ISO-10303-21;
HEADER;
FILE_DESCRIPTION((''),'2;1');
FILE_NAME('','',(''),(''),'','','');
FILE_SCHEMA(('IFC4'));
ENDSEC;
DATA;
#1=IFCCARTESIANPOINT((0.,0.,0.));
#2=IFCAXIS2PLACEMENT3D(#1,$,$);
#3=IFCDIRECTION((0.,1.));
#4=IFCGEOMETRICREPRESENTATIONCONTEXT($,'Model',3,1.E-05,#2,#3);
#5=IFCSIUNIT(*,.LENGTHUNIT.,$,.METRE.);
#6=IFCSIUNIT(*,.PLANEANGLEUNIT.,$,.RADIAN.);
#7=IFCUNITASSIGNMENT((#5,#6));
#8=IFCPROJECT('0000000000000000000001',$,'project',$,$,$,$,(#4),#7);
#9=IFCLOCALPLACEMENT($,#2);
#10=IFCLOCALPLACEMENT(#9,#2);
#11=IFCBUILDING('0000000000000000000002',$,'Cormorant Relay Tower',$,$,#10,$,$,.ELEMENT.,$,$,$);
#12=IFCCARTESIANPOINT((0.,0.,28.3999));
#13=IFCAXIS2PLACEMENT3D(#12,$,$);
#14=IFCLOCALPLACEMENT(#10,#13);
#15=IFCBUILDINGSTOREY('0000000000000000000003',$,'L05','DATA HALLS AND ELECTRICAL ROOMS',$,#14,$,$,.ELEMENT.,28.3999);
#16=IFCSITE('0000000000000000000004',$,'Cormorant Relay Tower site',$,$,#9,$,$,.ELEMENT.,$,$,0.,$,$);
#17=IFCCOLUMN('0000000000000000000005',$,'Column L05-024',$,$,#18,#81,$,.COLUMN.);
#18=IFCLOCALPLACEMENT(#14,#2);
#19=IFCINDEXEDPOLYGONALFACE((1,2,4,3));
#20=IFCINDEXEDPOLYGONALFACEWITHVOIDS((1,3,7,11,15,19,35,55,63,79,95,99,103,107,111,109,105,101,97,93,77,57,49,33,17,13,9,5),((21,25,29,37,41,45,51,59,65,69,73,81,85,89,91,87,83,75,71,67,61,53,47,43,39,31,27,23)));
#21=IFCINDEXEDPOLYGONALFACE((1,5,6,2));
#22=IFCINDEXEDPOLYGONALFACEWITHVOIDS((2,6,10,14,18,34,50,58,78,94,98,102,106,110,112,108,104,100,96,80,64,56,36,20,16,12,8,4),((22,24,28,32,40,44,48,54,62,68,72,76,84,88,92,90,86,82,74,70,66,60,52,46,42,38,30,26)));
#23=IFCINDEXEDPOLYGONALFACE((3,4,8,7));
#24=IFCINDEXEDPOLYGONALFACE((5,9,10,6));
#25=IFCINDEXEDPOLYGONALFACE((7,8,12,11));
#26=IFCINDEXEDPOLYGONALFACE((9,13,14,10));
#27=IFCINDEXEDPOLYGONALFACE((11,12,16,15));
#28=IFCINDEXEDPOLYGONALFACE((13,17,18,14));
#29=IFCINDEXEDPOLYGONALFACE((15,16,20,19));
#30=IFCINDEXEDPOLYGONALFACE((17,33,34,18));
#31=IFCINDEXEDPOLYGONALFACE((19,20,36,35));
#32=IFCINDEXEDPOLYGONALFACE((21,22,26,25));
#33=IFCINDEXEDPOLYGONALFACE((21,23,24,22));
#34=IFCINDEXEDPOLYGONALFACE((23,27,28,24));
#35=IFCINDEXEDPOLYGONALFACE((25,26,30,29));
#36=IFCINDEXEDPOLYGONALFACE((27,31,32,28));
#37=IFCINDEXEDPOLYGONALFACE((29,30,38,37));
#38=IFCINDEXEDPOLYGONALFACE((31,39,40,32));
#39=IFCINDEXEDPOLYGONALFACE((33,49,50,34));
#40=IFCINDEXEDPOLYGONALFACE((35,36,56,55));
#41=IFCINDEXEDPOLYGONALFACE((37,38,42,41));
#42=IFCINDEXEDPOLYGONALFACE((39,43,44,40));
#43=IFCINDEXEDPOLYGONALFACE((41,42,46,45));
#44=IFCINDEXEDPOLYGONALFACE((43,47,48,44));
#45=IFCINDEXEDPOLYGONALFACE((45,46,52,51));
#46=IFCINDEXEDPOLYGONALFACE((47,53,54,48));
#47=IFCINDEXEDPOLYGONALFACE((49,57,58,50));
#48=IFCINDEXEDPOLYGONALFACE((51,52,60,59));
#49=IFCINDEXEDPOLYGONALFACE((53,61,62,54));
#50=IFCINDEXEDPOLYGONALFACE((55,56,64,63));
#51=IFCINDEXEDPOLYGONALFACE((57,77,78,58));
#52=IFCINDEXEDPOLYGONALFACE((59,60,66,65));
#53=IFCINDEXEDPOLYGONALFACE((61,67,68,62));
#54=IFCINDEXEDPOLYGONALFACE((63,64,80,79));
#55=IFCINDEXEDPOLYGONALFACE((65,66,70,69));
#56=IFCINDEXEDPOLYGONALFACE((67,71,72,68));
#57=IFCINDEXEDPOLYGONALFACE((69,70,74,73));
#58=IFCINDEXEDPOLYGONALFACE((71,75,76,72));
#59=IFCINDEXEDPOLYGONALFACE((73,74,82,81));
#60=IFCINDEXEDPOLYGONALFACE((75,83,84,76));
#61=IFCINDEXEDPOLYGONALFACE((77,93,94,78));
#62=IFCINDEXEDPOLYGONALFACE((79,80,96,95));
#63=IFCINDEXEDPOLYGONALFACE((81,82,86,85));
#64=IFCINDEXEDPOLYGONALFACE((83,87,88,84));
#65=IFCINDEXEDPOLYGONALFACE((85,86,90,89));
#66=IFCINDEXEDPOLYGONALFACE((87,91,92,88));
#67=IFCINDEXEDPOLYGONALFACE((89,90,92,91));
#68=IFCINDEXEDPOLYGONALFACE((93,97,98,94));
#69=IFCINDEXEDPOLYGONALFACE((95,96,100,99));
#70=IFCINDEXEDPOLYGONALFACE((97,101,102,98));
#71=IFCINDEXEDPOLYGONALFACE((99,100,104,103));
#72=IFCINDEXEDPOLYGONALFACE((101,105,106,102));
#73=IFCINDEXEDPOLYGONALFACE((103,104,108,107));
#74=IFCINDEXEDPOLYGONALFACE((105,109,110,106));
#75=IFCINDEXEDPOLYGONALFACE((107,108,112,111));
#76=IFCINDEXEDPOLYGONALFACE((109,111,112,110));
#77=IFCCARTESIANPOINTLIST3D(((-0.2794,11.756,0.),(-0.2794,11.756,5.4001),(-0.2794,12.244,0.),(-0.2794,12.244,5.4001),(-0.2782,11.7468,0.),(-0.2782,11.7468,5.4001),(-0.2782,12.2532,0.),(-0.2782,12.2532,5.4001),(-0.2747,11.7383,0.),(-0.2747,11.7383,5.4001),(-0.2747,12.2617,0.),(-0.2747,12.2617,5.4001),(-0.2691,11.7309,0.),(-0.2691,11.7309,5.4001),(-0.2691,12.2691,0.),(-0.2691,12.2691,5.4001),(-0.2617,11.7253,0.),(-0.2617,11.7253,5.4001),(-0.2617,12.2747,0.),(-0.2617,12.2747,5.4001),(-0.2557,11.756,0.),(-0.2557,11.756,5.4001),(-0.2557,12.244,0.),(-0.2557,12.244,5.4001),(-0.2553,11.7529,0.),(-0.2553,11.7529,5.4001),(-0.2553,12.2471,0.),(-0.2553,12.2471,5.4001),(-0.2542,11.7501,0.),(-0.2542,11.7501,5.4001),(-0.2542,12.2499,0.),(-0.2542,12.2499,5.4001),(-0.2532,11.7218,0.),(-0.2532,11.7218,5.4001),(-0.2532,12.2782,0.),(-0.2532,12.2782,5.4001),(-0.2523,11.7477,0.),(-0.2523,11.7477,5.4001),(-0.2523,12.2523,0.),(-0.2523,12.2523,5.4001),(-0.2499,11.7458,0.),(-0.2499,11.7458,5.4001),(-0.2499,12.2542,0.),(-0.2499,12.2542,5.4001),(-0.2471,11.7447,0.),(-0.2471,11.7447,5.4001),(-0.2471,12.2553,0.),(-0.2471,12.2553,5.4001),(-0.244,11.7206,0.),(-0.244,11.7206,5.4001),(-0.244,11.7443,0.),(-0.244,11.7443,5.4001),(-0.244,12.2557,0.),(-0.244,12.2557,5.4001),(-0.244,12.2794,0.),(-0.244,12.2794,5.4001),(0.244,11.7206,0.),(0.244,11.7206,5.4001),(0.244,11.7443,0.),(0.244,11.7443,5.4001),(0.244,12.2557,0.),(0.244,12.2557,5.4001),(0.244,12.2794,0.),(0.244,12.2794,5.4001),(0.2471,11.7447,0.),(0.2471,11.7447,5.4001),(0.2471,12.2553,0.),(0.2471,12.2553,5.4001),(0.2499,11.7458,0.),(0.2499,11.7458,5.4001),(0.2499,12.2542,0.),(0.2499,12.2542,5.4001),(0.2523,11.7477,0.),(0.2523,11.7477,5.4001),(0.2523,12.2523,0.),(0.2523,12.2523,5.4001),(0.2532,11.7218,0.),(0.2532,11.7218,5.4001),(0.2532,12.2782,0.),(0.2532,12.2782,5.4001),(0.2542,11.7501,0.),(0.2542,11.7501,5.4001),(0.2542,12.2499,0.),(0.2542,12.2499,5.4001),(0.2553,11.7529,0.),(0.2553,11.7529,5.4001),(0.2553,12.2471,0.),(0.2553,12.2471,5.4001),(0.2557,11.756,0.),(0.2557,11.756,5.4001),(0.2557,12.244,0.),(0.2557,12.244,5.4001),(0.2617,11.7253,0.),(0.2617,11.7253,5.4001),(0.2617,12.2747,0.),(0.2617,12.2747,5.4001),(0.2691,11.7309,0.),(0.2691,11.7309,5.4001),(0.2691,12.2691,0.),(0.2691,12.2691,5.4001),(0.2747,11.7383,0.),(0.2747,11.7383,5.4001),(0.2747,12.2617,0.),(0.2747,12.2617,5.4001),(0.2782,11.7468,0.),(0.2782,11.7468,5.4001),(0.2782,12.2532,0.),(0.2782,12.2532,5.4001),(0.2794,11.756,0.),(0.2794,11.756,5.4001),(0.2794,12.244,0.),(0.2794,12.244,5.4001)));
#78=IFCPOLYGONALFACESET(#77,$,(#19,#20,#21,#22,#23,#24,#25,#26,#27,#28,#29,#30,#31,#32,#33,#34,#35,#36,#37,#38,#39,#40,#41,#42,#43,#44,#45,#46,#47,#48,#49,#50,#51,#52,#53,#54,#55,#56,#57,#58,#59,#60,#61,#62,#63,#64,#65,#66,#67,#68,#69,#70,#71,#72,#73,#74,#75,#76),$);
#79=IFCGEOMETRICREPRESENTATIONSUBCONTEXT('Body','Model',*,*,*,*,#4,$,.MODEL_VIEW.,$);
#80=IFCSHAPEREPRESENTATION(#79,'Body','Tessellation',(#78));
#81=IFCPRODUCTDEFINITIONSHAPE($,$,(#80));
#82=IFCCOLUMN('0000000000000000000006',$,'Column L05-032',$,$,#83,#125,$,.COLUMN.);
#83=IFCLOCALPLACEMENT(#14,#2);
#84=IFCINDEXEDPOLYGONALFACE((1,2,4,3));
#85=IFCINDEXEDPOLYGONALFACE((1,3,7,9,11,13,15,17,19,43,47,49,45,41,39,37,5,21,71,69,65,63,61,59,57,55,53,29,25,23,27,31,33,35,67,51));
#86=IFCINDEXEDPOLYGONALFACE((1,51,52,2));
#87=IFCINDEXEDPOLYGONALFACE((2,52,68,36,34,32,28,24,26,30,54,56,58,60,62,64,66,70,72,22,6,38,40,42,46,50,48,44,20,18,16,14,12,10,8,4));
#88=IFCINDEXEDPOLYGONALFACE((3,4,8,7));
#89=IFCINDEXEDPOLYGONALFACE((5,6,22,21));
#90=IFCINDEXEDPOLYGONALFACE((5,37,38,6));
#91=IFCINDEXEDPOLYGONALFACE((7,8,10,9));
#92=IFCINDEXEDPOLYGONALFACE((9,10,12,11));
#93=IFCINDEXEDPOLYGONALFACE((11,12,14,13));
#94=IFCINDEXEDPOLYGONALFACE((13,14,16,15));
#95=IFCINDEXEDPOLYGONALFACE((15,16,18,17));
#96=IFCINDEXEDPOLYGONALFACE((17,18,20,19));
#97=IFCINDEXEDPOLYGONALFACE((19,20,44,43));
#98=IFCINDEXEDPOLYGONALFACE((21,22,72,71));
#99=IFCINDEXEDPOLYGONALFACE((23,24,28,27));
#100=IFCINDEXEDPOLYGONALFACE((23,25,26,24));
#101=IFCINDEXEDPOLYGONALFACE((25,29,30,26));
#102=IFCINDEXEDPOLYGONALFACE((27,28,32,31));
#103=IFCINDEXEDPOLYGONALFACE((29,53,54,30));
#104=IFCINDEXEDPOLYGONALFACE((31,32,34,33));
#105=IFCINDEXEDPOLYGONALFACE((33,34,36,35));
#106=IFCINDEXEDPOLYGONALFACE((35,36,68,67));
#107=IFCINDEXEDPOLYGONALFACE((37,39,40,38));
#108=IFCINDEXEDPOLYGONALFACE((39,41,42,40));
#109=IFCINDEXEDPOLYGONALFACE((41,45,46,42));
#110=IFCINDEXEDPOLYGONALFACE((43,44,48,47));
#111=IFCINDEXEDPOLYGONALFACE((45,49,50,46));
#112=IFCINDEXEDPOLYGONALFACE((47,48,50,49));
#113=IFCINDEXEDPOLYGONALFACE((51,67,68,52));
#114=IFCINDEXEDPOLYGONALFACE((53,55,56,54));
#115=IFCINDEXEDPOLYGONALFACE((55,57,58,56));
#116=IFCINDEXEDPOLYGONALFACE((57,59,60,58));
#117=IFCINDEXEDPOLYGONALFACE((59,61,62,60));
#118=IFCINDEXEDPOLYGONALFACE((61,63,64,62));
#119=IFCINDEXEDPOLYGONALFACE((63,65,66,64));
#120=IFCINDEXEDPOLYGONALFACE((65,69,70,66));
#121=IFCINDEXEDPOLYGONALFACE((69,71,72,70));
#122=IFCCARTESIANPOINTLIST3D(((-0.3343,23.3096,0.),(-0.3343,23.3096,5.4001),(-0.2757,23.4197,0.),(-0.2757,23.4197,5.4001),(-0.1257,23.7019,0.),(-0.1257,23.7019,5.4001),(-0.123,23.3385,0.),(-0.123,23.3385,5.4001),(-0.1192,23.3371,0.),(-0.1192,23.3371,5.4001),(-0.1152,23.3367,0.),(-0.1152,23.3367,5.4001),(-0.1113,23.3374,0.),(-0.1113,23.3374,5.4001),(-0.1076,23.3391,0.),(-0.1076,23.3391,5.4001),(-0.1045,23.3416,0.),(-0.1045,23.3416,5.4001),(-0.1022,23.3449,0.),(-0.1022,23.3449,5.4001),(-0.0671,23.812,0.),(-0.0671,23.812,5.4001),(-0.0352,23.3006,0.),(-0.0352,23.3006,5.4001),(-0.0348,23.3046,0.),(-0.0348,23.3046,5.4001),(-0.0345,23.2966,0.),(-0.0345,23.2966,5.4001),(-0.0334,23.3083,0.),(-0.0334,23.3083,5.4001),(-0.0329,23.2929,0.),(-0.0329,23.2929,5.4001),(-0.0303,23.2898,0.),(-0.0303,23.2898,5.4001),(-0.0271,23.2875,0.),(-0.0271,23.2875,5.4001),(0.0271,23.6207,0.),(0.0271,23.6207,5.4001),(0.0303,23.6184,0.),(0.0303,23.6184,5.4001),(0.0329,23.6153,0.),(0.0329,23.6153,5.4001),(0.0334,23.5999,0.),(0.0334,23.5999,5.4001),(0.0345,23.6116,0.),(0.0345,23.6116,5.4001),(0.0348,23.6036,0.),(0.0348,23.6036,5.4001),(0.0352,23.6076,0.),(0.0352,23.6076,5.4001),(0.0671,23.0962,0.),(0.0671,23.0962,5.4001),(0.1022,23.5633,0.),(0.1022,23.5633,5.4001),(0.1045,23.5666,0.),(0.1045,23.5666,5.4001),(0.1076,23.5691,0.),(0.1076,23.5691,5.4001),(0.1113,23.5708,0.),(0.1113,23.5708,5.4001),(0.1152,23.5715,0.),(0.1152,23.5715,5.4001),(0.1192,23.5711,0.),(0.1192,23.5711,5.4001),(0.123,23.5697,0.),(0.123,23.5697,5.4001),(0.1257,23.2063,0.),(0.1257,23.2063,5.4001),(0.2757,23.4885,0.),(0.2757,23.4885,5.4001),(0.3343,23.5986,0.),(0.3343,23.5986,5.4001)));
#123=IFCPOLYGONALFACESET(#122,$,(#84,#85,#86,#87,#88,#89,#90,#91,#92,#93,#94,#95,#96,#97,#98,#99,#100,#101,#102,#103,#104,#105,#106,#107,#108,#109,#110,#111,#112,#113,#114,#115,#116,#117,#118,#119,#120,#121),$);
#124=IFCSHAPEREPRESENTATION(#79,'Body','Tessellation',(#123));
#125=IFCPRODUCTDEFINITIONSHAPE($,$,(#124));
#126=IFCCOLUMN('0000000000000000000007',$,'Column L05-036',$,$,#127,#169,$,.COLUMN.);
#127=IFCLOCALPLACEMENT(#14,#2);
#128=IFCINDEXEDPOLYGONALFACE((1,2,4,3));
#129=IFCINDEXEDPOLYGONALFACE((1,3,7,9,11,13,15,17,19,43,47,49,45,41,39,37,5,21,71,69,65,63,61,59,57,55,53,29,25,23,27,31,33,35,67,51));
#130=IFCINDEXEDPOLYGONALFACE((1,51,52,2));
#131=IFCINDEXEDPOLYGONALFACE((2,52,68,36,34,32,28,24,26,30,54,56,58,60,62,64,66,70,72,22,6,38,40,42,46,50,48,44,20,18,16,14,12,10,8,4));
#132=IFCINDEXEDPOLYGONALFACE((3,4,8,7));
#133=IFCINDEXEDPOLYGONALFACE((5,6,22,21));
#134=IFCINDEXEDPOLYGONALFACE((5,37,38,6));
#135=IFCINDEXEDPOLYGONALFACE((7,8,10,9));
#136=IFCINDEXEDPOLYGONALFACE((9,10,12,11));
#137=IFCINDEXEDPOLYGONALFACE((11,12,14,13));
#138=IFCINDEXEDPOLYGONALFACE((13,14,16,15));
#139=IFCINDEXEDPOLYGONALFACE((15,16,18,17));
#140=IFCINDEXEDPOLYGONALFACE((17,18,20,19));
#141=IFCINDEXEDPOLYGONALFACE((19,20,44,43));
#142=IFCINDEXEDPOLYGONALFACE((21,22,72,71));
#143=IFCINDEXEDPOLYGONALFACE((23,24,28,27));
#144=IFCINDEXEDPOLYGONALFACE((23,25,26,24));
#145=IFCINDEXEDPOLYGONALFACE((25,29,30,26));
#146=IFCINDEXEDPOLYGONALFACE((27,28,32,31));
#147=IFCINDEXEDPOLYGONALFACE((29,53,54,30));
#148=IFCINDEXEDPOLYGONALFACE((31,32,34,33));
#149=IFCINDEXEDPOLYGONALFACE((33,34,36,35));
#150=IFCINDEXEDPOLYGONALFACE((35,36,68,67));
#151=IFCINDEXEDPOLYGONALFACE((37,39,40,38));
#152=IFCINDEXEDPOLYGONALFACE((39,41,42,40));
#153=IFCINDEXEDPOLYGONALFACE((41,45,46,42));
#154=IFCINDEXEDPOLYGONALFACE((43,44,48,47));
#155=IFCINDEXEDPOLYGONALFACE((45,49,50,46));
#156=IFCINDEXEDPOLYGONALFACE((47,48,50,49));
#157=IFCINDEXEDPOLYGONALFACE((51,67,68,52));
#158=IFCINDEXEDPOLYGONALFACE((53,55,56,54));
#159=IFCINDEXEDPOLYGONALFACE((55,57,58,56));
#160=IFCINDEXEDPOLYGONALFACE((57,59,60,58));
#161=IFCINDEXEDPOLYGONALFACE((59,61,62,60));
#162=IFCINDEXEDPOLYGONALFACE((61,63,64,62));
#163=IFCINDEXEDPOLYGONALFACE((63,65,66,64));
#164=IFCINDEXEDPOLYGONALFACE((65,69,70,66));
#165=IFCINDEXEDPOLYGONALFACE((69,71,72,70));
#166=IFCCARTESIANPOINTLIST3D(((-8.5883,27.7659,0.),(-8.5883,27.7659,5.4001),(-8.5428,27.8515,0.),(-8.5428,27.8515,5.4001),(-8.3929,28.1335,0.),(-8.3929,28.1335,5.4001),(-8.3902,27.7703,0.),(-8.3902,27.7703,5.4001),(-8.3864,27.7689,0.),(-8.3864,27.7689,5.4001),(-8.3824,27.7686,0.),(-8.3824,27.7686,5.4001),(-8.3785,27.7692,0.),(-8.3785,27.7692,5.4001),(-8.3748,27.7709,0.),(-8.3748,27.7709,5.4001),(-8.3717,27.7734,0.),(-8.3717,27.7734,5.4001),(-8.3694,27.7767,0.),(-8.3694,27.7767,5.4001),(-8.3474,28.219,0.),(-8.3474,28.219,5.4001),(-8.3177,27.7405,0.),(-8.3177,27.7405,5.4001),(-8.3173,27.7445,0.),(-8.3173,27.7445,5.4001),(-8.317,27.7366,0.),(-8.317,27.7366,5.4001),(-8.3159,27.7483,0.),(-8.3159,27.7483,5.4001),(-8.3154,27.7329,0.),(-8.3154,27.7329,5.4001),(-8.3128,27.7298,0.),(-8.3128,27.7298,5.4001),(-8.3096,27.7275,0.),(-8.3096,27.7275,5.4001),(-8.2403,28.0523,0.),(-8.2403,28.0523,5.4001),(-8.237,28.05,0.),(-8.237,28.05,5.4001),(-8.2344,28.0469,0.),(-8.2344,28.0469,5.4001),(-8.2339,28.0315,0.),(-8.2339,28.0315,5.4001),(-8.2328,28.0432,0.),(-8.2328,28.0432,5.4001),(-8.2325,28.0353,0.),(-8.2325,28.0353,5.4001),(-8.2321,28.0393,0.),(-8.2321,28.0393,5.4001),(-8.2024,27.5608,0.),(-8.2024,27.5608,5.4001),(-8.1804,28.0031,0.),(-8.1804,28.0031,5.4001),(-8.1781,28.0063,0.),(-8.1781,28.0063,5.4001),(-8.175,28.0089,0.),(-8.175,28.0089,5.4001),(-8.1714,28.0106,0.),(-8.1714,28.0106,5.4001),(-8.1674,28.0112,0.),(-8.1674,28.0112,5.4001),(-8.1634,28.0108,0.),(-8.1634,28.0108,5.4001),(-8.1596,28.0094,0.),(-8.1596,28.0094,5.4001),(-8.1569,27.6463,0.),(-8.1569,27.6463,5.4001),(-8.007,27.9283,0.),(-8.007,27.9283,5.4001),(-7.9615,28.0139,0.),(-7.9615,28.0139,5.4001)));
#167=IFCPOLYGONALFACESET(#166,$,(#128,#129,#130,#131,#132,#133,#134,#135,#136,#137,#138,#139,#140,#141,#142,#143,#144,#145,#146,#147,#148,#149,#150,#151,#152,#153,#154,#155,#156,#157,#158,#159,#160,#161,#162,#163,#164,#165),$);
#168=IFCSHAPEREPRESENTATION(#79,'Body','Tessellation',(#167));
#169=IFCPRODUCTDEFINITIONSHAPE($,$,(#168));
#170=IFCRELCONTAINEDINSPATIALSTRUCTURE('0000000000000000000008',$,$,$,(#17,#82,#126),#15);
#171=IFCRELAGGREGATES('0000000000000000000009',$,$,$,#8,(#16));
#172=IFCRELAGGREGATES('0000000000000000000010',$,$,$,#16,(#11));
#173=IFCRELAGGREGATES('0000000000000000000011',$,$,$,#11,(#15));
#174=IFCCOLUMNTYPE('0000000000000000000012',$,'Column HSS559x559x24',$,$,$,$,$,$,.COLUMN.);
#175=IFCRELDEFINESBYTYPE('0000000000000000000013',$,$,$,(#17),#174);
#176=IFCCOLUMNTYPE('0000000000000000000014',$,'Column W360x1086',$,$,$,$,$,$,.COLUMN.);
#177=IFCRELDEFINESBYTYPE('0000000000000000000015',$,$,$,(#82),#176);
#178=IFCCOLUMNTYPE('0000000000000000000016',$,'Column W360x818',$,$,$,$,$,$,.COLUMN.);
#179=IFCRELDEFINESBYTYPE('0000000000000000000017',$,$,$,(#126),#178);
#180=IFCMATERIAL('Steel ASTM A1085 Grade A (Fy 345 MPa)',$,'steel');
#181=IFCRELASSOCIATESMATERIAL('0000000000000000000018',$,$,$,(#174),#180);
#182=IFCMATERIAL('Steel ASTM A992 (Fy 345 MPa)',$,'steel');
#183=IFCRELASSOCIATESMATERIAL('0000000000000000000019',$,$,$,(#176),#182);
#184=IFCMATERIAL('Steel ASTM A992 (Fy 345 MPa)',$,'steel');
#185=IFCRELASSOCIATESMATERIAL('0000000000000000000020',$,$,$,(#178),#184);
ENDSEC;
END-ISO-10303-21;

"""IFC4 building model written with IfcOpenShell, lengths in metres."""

from ifc_helpers import new_model, si_unit, direction, frame, origin, origin_2d, place, context, subcontext, project, spatial, hollow_rectangle, i_section, extrude, material, material_profile, profile_set, type_object, element, save


model = new_model("IFC4")

# Units and contexts
model_context = context("Model", 3, precision=1e-05, world=origin(), true_north=direction((0.0, 1.0)))
body_context = subcontext(model_context, "Body", "Model", "MODEL_VIEW")
ifc_project = project(units=[si_unit("LENGTHUNIT", "METRE"), si_unit("PLANEANGLEUNIT", "RADIAN")], contexts=[model_context])

# Site, building, storey
site_placement = place(None, origin())
site = spatial("IfcSite", under=ifc_project, at=site_placement, Name="Cormorant Relay Tower site", CompositionType="ELEMENT", RefElevation=0.0)
building_placement = place(site_placement, origin())
building = spatial("IfcBuilding", under=site, at=building_placement, Name="Cormorant Relay Tower", CompositionType="ELEMENT")
storey_placement = place(building_placement, frame((0.0, 0.0, 28.3999)))
storey = spatial("IfcBuildingStorey", under=building, at=storey_placement, Name="L05", Description="DATA HALLS AND ELECTRICAL ROOMS", CompositionType="ELEMENT", Elevation=28.3999)

# Columns
ifc_material_1 = material(Name="Steel ASTM A1085 Grade A (Fy 345 MPa)", Category="steel")
ifc_material_profile_1 = material_profile(ifc_material_1, hollow_rectangle(XDim=0.5588, YDim=0.5588, WallThickness=0.0237, InnerFilletRadius=0.0117, OuterFilletRadius=0.0354, at=origin_2d()), Name="HSS559x559x24")
ifc_profile_set_1 = profile_set([ifc_material_profile_1], Name="Steel ASTM A1085 Grade A (Fy 345 MPa)")
column_type_1 = type_object("IfcColumnType", Name="Column HSS559x559x24", PredefinedType="COLUMN", material=ifc_profile_set_1)
column_1_placement = place(storey_placement, frame((0.0, 12.0, 0.0), z_axis=(0.0, 0.0, 1.0), x_axis=(1.0, 0.0, 0.0)))
element("IfcColumn", 1, at=column_1_placement, inside=storey, type_object=column_type_1, Name="Column L05-024", PredefinedType="COLUMN", context=body_context, shape_type="SweptSolid", body=[
    extrude(hollow_rectangle(XDim=0.5588, YDim=0.5588, WallThickness=0.0237, InnerFilletRadius=0.0117, OuterFilletRadius=0.0354, at=origin_2d()), origin(), (0.0, 0.0, 1.0), 5.4001),
])
ifc_material_2 = material(Name="Steel ASTM A992 (Fy 345 MPa)", Category="steel")
ifc_material_profile_2 = material_profile(ifc_material_2, i_section(OverallWidth=0.4546, OverallDepth=0.5691, WebThickness=0.0779, FlangeThickness=0.1248, FilletRadius=0.0154, at=origin_2d()), Name="W360x1086")
ifc_profile_set_2 = profile_set([ifc_material_profile_2], Name="Steel ASTM A992 (Fy 345 MPa)")
column_type_2 = type_object("IfcColumnType", Name="Column W360x1086", PredefinedType="COLUMN", material=ifc_profile_set_2)
column_2_placement = place(storey_placement, frame((0.0, 23.4541, 0.0), z_axis=(0.0, 0.0, 1.0), x_axis=(-0.882948, 0.469472, 0.0)))
element("IfcColumn", 2, at=column_2_placement, inside=storey, type_object=column_type_2, Name="Column L05-032", PredefinedType="COLUMN", context=body_context, shape_type="SweptSolid", body=[
    extrude(i_section(OverallWidth=0.4546, OverallDepth=0.5691, WebThickness=0.0779, FlangeThickness=0.1248, FilletRadius=0.0154, at=origin_2d()), origin(), (0.0, 0.0, 1.0), 5.4001),
])
ifc_material_3 = material(Name="Steel ASTM A992 (Fy 345 MPa)", Category="steel")
ifc_material_profile_3 = material_profile(ifc_material_3, i_section(OverallWidth=0.437, OverallDepth=0.5132, WebThickness=0.0605, FlangeThickness=0.0969, FilletRadius=0.0154, at=origin_2d()), Name="W360x818")
ifc_profile_set_3 = profile_set([ifc_material_profile_3], Name="Steel ASTM A992 (Fy 345 MPa)")
column_type_3 = type_object("IfcColumnType", Name="Column W360x818", PredefinedType="COLUMN", material=ifc_profile_set_3)
for number, where, z_axis, x_axis, name in (
    (3, (-8.2749, 27.8899, 0.0), (0.0, 0.0, 1.0), (-0.882948, 0.469472, 0.0), "Column L05-036"),
):
    element("IfcColumn", number, at=place(storey_placement, frame(where, z_axis=z_axis, x_axis=x_axis)), inside=storey, type_object=column_type_3, Name=name, PredefinedType="COLUMN", context=body_context, shape_type="SweptSolid", body=[
        extrude(i_section(OverallWidth=0.437, OverallDepth=0.5132, WebThickness=0.0605, FlangeThickness=0.0969, FilletRadius=0.0154, at=origin_2d()), origin(), (0.0, 0.0, 1.0), 5.4001),
    ])

save(model, "model.ifc")
